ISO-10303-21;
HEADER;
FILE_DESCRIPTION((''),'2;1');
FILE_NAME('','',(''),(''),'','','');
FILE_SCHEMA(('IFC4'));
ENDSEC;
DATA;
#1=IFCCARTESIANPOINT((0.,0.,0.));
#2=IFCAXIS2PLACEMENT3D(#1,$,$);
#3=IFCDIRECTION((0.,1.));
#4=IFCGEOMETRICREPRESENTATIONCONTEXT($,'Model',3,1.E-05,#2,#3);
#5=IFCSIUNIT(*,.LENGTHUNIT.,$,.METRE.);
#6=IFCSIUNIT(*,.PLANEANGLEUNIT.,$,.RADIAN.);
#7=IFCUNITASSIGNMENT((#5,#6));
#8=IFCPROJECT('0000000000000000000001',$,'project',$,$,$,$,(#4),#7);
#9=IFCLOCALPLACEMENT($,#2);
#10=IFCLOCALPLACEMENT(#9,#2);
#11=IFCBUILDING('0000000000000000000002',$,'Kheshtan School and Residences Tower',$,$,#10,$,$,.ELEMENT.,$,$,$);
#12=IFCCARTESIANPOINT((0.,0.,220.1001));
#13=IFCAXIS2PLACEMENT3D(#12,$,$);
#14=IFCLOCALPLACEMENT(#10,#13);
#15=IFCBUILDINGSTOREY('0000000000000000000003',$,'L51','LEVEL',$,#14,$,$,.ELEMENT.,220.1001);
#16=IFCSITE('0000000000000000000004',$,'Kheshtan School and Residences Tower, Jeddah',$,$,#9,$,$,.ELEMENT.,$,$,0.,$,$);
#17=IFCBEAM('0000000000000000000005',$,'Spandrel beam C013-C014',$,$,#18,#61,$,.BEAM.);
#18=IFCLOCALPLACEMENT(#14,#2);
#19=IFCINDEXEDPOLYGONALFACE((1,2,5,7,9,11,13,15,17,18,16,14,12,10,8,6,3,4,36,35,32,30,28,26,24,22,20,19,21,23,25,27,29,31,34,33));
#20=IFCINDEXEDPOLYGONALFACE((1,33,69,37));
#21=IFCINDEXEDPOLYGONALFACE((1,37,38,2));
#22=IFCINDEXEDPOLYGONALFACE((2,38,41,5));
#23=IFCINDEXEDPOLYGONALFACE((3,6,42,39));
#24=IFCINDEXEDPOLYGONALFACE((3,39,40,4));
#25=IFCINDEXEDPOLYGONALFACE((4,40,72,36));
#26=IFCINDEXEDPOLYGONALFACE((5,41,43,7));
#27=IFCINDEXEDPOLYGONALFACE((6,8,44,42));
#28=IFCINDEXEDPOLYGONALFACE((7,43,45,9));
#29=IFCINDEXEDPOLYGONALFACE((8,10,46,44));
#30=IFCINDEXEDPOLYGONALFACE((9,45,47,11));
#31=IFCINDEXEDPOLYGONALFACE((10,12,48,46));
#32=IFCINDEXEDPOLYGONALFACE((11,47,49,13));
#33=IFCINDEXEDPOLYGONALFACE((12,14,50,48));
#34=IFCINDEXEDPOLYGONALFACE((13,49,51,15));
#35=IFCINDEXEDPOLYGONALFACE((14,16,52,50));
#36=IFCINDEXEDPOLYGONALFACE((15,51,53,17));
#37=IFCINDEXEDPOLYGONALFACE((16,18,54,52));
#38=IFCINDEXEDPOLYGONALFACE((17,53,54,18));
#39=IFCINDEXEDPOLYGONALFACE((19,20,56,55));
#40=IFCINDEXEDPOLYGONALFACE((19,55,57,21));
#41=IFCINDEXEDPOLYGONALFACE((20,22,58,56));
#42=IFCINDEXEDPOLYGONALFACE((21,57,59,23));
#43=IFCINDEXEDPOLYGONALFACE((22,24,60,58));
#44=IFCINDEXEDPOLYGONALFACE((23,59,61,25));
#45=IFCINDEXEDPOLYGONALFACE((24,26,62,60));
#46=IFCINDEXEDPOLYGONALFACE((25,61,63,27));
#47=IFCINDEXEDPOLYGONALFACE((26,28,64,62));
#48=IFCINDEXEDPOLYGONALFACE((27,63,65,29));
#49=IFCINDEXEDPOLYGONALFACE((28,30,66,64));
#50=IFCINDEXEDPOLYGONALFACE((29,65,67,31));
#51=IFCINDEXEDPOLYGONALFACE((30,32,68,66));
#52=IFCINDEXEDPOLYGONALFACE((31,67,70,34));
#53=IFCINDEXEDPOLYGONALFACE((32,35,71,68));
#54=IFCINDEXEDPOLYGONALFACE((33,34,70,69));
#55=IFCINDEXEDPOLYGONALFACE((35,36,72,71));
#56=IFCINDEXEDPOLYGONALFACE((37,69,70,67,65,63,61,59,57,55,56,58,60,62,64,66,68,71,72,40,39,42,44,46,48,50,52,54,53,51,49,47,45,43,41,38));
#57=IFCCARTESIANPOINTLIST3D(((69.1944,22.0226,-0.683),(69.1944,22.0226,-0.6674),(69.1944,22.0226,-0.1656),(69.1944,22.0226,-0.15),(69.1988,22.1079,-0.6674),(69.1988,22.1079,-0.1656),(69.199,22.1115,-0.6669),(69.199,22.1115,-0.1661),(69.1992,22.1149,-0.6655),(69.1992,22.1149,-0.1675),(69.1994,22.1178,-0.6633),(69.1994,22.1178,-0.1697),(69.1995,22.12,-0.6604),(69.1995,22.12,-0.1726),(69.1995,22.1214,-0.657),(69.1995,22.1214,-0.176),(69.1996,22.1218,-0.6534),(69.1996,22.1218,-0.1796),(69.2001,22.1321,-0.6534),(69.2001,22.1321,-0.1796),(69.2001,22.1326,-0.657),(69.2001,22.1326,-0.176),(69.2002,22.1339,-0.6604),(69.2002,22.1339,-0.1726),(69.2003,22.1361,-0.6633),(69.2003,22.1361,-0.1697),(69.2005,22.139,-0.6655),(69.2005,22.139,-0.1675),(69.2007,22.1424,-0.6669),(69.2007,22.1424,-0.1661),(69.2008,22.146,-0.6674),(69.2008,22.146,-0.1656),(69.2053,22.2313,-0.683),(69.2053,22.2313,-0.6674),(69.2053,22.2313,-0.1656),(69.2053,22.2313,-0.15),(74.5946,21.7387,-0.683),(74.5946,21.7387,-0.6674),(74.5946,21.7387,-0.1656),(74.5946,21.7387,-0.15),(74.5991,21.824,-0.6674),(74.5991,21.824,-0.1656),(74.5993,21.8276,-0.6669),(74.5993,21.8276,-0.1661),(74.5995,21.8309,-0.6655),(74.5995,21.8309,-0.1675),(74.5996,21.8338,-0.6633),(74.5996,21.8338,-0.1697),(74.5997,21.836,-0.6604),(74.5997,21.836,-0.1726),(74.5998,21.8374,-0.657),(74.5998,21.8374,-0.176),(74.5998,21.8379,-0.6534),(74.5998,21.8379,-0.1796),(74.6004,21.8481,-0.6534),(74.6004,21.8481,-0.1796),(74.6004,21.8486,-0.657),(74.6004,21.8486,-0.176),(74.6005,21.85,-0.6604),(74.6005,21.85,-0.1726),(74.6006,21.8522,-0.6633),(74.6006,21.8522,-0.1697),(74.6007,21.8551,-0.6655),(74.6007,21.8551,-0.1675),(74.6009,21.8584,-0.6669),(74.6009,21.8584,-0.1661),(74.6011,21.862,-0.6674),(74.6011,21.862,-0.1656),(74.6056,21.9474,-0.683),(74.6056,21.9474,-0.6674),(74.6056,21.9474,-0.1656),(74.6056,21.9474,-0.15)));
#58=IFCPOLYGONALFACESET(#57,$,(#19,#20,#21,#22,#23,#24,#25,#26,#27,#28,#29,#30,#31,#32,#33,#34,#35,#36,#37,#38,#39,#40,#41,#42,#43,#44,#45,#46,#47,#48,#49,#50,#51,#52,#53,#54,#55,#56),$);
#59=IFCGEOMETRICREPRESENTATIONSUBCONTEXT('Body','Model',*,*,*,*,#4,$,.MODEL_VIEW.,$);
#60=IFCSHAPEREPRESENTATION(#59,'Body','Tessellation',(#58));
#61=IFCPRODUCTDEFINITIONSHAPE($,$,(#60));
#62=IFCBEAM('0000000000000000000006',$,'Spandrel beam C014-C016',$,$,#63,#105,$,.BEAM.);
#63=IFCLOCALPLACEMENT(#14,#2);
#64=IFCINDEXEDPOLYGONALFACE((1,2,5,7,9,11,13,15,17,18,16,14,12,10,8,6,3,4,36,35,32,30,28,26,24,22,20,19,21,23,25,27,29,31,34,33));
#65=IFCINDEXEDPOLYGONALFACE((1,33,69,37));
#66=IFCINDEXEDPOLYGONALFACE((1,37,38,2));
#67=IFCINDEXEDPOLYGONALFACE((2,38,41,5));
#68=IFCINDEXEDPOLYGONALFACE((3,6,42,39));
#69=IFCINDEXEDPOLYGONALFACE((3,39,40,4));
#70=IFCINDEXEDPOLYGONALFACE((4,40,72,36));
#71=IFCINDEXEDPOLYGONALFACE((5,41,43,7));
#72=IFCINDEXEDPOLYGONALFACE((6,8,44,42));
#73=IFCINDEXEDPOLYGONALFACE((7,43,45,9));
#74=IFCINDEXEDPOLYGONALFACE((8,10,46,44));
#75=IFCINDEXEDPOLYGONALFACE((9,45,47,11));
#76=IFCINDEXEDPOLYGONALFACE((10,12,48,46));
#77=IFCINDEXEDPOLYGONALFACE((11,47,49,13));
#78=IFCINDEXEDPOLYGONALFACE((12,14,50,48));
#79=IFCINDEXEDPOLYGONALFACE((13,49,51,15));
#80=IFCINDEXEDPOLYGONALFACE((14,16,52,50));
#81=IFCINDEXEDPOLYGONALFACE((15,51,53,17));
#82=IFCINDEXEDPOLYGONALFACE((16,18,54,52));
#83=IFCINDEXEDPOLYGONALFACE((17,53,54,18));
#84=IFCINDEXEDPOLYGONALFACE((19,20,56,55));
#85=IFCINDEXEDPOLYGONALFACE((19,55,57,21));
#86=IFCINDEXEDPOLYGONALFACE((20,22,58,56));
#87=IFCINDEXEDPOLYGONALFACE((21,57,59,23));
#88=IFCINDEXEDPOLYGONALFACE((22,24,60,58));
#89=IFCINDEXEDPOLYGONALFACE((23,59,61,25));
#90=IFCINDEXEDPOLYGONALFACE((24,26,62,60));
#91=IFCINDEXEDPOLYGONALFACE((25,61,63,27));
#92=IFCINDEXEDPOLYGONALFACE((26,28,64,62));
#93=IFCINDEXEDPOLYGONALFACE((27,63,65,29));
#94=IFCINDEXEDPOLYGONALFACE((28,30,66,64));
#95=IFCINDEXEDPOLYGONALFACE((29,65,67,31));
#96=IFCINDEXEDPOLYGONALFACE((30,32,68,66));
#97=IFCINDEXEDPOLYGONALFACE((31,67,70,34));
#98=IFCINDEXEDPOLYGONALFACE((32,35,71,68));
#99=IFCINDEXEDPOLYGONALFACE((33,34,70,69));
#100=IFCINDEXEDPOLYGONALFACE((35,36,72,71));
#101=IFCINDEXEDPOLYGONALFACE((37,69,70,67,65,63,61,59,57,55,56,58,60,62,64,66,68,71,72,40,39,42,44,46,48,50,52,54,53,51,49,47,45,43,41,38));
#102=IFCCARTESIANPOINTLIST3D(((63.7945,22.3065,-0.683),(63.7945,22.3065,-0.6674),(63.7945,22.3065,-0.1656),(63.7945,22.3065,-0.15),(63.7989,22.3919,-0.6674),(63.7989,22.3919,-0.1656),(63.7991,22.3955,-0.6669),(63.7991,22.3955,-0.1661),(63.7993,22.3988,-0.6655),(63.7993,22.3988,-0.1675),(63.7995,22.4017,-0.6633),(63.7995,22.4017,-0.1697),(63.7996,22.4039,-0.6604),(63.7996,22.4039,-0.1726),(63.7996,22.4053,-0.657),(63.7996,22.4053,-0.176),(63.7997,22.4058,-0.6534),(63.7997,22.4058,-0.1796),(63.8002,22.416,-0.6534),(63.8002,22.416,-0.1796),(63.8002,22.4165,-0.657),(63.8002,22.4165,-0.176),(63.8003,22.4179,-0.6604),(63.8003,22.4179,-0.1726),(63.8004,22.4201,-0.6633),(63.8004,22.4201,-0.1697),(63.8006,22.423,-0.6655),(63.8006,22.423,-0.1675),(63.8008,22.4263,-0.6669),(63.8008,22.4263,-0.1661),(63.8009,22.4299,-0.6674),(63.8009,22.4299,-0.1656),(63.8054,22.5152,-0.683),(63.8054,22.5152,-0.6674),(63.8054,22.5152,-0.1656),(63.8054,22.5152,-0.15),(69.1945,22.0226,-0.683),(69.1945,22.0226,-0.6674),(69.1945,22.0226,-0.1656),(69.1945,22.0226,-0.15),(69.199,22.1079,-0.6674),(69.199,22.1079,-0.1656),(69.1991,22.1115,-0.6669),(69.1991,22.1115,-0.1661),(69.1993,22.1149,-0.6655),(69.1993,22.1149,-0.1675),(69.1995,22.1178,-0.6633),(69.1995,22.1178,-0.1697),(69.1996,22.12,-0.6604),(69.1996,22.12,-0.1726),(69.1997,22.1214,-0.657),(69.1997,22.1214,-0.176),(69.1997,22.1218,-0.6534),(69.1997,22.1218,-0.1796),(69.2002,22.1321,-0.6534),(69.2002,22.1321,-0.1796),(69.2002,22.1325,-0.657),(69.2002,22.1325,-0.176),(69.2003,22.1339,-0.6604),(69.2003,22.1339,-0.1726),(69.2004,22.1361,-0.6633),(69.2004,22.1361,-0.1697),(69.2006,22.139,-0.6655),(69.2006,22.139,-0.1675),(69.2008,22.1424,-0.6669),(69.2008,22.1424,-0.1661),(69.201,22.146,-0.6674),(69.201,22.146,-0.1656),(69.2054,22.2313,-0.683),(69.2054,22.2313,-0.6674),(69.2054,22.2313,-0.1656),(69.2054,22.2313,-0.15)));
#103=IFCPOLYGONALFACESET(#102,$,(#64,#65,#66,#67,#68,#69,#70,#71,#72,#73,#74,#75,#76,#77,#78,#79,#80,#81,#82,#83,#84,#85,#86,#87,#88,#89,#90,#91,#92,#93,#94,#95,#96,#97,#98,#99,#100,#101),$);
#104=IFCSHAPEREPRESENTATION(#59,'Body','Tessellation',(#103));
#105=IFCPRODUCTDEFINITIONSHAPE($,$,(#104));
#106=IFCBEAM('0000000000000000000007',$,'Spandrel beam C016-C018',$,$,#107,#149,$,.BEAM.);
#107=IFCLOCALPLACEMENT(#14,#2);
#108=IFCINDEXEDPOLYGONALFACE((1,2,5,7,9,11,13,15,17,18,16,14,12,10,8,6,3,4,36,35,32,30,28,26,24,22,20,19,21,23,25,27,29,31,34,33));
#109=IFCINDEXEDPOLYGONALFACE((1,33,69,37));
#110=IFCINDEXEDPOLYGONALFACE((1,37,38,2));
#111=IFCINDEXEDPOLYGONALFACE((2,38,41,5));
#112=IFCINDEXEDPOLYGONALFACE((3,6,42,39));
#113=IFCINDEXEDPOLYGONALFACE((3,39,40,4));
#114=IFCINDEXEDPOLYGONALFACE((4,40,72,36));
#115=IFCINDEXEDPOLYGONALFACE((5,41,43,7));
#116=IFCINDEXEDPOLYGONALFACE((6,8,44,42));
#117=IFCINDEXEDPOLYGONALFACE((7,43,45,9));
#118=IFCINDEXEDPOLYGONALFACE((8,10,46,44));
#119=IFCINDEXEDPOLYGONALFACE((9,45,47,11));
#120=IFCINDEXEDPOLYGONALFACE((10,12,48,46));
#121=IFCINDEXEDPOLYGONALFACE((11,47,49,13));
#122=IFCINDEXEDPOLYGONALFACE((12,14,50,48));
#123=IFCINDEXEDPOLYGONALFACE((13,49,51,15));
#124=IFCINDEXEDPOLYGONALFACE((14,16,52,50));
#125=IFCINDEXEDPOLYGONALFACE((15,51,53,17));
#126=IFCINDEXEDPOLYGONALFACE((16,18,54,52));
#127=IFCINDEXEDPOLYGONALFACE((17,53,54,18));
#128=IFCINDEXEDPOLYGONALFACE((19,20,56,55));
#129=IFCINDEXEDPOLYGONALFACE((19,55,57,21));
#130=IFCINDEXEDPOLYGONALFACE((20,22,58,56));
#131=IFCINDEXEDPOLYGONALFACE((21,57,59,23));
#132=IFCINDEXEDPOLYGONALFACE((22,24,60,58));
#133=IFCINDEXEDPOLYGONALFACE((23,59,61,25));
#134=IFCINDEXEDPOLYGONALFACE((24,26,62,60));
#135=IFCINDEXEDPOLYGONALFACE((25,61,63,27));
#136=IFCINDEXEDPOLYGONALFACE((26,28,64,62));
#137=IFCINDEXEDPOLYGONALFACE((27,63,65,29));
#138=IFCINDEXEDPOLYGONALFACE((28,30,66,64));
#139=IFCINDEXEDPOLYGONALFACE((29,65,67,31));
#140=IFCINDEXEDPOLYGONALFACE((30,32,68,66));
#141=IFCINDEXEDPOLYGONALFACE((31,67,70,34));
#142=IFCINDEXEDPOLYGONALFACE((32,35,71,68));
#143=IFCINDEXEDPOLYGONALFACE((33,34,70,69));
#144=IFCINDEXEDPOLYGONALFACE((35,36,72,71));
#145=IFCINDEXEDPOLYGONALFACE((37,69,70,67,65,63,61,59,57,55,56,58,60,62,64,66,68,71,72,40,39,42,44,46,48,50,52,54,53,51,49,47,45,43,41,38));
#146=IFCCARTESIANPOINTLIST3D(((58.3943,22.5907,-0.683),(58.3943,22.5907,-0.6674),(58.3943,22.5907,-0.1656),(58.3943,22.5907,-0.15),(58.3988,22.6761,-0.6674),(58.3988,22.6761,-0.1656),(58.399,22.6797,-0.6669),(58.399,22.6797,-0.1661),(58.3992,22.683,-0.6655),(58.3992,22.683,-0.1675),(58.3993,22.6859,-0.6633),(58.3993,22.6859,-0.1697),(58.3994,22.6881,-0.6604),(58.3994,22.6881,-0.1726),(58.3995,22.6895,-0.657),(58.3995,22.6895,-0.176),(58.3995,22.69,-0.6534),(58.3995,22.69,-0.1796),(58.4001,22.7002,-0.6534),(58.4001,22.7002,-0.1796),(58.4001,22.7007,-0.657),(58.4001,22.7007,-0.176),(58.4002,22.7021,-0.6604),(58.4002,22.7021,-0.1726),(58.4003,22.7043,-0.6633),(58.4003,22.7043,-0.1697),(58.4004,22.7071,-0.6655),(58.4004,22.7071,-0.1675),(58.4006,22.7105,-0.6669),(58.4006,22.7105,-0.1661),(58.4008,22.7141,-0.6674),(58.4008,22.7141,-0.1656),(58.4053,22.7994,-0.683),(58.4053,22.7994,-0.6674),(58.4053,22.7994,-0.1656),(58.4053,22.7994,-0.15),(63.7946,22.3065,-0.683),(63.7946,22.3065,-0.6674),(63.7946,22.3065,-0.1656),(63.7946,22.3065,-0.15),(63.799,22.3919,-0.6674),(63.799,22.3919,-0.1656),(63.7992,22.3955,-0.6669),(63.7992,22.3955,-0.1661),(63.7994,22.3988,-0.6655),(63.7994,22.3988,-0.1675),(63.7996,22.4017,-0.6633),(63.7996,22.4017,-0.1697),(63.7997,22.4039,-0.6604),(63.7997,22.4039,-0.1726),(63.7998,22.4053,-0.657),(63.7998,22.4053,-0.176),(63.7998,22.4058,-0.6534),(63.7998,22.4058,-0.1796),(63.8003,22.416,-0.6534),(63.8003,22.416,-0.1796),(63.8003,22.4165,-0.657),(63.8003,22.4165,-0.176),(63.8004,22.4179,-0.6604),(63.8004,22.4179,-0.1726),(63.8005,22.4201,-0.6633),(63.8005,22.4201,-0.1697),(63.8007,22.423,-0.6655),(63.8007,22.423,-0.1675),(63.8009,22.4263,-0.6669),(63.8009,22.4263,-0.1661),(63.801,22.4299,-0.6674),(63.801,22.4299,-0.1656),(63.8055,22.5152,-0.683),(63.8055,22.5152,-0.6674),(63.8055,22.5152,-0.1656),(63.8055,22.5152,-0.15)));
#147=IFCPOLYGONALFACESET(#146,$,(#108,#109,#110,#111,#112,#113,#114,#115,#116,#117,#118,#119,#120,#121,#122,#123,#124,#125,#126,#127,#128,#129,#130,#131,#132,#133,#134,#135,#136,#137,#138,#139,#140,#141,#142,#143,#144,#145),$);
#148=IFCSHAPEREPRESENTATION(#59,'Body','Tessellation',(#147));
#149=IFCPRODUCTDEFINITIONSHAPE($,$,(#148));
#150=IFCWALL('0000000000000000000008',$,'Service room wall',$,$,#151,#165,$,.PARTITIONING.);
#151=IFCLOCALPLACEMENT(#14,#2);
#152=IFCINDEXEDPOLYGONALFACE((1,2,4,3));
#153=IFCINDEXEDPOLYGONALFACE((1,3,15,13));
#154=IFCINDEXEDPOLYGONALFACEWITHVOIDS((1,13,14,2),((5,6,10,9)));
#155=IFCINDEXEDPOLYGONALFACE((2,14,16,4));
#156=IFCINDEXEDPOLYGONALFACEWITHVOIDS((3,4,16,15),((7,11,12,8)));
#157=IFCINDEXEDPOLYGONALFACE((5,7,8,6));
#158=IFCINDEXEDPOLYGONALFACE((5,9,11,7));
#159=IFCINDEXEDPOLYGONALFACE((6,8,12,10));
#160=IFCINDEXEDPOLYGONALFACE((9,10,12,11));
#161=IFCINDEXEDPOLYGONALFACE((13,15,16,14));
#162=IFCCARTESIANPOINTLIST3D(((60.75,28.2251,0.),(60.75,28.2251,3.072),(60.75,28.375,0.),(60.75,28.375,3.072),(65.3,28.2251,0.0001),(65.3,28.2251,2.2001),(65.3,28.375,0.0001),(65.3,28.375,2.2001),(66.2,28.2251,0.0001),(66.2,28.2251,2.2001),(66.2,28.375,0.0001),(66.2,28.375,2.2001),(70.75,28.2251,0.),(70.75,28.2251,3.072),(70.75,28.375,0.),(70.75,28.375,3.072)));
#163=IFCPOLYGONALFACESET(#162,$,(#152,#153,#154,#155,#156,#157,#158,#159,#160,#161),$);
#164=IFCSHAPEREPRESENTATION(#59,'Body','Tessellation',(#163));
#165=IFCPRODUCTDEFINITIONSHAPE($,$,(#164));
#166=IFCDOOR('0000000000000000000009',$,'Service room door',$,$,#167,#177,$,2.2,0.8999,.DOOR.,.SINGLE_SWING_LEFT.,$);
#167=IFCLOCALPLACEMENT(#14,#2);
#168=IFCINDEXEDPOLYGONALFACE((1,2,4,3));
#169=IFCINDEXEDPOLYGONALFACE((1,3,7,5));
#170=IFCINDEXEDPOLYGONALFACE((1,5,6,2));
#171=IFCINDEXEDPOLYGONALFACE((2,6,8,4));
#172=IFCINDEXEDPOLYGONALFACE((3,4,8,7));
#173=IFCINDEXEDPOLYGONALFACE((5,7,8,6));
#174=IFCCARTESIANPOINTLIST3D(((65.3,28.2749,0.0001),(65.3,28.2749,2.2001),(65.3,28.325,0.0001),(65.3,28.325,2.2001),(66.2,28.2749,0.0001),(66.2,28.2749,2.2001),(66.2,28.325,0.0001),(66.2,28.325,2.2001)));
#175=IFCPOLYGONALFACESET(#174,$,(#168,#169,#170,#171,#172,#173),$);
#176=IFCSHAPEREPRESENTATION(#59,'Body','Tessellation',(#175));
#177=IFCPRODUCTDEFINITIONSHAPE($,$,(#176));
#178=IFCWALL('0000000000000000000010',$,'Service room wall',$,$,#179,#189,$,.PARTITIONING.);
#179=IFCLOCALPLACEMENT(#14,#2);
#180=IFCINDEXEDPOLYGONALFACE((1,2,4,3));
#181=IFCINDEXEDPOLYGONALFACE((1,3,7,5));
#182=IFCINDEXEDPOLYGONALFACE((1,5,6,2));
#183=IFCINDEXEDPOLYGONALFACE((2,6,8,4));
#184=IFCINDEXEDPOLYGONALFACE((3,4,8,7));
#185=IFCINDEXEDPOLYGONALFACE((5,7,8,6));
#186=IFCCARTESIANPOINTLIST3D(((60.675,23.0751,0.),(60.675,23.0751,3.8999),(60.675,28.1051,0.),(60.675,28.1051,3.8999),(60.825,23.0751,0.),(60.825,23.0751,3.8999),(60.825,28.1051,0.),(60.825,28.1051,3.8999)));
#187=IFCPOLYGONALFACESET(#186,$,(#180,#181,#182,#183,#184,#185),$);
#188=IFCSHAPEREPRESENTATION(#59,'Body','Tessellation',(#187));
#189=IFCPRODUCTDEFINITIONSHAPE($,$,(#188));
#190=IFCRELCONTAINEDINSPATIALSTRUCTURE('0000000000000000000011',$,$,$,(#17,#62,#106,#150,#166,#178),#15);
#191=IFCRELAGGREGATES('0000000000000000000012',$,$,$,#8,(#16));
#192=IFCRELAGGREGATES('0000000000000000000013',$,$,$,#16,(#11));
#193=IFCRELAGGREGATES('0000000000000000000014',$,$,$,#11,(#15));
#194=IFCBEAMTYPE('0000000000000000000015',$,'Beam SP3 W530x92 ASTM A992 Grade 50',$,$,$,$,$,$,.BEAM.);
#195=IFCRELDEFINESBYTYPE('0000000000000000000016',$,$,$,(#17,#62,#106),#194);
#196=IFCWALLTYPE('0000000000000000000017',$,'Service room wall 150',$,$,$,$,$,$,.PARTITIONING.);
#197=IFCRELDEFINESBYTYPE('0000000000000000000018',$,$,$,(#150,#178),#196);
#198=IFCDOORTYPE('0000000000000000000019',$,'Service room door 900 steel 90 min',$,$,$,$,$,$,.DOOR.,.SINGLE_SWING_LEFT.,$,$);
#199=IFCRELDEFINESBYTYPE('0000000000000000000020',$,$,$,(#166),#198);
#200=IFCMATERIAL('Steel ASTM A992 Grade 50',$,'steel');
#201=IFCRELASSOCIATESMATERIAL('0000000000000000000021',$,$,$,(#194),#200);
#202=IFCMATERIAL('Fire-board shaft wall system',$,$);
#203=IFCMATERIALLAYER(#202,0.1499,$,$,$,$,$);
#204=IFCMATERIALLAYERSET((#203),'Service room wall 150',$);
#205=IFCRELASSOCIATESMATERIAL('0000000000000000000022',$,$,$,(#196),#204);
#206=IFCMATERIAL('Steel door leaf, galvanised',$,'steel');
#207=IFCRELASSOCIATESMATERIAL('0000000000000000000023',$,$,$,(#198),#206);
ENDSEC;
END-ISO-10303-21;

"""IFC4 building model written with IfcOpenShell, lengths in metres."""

from ifc_helpers import new_model, si_unit, direction, frame, frame_2d, origin, origin_2d, place, context, subcontext, project, spatial, rectangle, i_section, extrude, source, transform, mapped, material, layer, layer_set, material_profile, profile_set, type_object, element, fill, save


model = new_model("IFC4")

# Units and contexts
model_context = context("Model", 3, precision=1e-05, world=origin(), true_north=direction((0.0, 1.0)))
body_context = subcontext(model_context, "Body", "Model", "MODEL_VIEW")
ifc_project = project(units=[si_unit("LENGTHUNIT", "METRE"), si_unit("PLANEANGLEUNIT", "RADIAN")], contexts=[model_context])

# Site, building, storey
site_placement = place(None, origin())
site = spatial("IfcSite", under=ifc_project, at=site_placement, Name="Kheshtan School and Residences Tower, Jeddah", CompositionType="ELEMENT", RefElevation=0.0)
building_placement = place(site_placement, origin())
building = spatial("IfcBuilding", under=site, at=building_placement, Name="Kheshtan School and Residences Tower", CompositionType="ELEMENT")
storey_placement = place(building_placement, frame((0.0, 0.0, 220.1001)))
storey = spatial("IfcBuildingStorey", under=building, at=storey_placement, Name="L51", Description="LEVEL", CompositionType="ELEMENT", Elevation=220.1001)

# Shared definitions
ifc_material_1 = material(Name="Steel ASTM A992 Grade 50", Category="steel")

# Beams
ifc_material_profile_1 = material_profile(ifc_material_1, i_section(OverallWidth=0.209, OverallDepth=0.533, WebThickness=0.0103, FlangeThickness=0.0156, FilletRadius=0.0139, at=origin_2d()), Name="W530x92")
ifc_profile_set_1 = profile_set([ifc_material_profile_1], Name="Steel ASTM A992 Grade 50")
beam_type_1 = type_object("IfcBeamType", Name="Beam SP3 W530x92 ASTM A992 Grade 50", PredefinedType="BEAM", material=ifc_profile_set_1)
beam_1_placement = place(storey_placement, frame((74.6001, 21.843, -0.4165), z_axis=(-0.998621, 0.052507, 0.0), x_axis=(-0.052507, -0.998621, 0.0)))
element("IfcBeam", 1, at=beam_1_placement, inside=storey, type_object=beam_type_1, Name="Spandrel beam C013-C014", PredefinedType="BEAM", context=body_context, shape_type="SweptSolid", body=[
    extrude(i_section(OverallWidth=0.209, OverallDepth=0.533, WebThickness=0.0103, FlangeThickness=0.0156, FilletRadius=0.0139, at=origin_2d()), origin(), (0.0, 0.0, 1.0), 5.4077),
])
beam_2_placement = place(storey_placement, frame((69.2, 22.127, -0.4165), z_axis=(-0.99862, 0.052509, 0.0), x_axis=(-0.052509, -0.99862, 0.0)))
element("IfcBeam", 2, at=beam_2_placement, inside=storey, type_object=beam_type_1, Name="Spandrel beam C014-C016", PredefinedType="BEAM", context=body_context, shape_type="SweptSolid", body=[
    extrude(i_section(OverallWidth=0.209, OverallDepth=0.533, WebThickness=0.0103, FlangeThickness=0.0156, FilletRadius=0.0139, at=origin_2d()), origin(), (0.0, 0.0, 1.0), 5.4075),
])
beam_3_placement = place(storey_placement, frame((63.8, 22.4109, -0.4165), z_axis=(-0.998618, 0.052552, 0.0), x_axis=(-0.052552, -0.998618, 0.0)))
element("IfcBeam", 3, at=beam_3_placement, inside=storey, type_object=beam_type_1, Name="Spandrel beam C016-C018", PredefinedType="BEAM", context=body_context, shape_type="SweptSolid", body=[
    extrude(i_section(OverallWidth=0.209, OverallDepth=0.533, WebThickness=0.0103, FlangeThickness=0.0156, FilletRadius=0.0139, at=origin_2d()), origin(), (0.0, 0.0, 1.0), 5.4077),
])

# Wall, opening, door
ifc_material_2 = material(Name="Fire-board shaft wall system")
ifc_layer_1 = layer(ifc_material_2, 0.1499)
ifc_layer_set_1 = layer_set([ifc_layer_1], Name="Service room wall 150")
wall_type_1 = type_object("IfcWallType", Name="Service room wall 150", PredefinedType="PARTITIONING", material=ifc_layer_set_1)
wall_1_placement = place(storey_placement, frame((60.75, 28.3, 0.0), z_axis=(0.0, 0.0, 1.0), x_axis=(1.0, 0.0, 0.0)))
wall_1 = element("IfcWall", 4, at=wall_1_placement, inside=storey, type_object=wall_type_1, Name="Service room wall", PredefinedType="PARTITIONING", context=body_context, shape_type="SweptSolid", body=[
    extrude(rectangle(XDim=10.0, YDim=0.1499, at=frame_2d((5.0, 0.0))), origin(), (0.0, 0.0, 1.0), 3.072),
])
opening_1_placement = place(wall_1_placement, frame((4.55, 0.0, 0.0)))
opening_1 = element("IfcOpeningElement", 5, at=opening_1_placement, cuts=wall_1, PredefinedType="OPENING", context=body_context, shape_type="SweptSolid", body=[
    extrude(rectangle(XDim=0.8999, YDim=2.2, at=frame_2d((0.45, 1.1001))), frame((0.0, 0.085, 0.0), z_axis=(0.0, -1.0, 0.0), x_axis=(1.0, 0.0, 0.0)), (0.0, 0.0, 1.0), 0.1699),
])
ifc_material_3 = material(Name="Steel door leaf, galvanised", Category="steel")
door_type_1 = type_object("IfcDoorType", Name="Service room door 900 steel 90 min", OperationType="SINGLE_SWING_LEFT", PredefinedType="DOOR", material=ifc_material_3)
shared_shape_1 = source(origin(), body_context, "Body", "SweptSolid", [
    extrude(rectangle(XDim=0.8999, YDim=2.2, at=frame_2d((0.45, 1.1001))), frame((0.0, 0.0249, 0.0), z_axis=(0.0, -1.0, 0.0), x_axis=(1.0, 0.0, 0.0)), (0.0, 0.0, 1.0), 0.05),
])
door_1_placement = place(opening_1_placement, origin())
door_1 = element("IfcDoor", 6, at=door_1_placement, inside=storey, type_object=door_type_1, Name="Service room door", OperationType="SINGLE_SWING_LEFT", OverallHeight=2.2, OverallWidth=0.8999, PredefinedType="DOOR", context=body_context, shape_type="MappedRepresentation", body=[
    mapped(shared_shape_1, transform((0.0, 0.0, 0.0), x_axis=(1.0, 0.0, 0.0), y_axis=(0.0, 1.0, 0.0), z_axis=(0.0, 0.0, 1.0), scale=1.0)),
])
fill(opening_1, door_1)

# Wall
wall_2_placement = place(storey_placement, frame((60.75, 23.075, 0.0), z_axis=(0.0, 0.0, 1.0), x_axis=(0.0, 1.0, 0.0)))
element("IfcWall", 7, at=wall_2_placement, inside=storey, type_object=wall_type_1, Name="Service room wall", PredefinedType="PARTITIONING", context=body_context, shape_type="SweptSolid", body=[
    extrude(rectangle(XDim=5.03, YDim=0.1499, at=frame_2d((2.5151, 0.0))), origin(), (0.0, 0.0, 1.0), 3.8999),
])

save(model, "model.ifc")
